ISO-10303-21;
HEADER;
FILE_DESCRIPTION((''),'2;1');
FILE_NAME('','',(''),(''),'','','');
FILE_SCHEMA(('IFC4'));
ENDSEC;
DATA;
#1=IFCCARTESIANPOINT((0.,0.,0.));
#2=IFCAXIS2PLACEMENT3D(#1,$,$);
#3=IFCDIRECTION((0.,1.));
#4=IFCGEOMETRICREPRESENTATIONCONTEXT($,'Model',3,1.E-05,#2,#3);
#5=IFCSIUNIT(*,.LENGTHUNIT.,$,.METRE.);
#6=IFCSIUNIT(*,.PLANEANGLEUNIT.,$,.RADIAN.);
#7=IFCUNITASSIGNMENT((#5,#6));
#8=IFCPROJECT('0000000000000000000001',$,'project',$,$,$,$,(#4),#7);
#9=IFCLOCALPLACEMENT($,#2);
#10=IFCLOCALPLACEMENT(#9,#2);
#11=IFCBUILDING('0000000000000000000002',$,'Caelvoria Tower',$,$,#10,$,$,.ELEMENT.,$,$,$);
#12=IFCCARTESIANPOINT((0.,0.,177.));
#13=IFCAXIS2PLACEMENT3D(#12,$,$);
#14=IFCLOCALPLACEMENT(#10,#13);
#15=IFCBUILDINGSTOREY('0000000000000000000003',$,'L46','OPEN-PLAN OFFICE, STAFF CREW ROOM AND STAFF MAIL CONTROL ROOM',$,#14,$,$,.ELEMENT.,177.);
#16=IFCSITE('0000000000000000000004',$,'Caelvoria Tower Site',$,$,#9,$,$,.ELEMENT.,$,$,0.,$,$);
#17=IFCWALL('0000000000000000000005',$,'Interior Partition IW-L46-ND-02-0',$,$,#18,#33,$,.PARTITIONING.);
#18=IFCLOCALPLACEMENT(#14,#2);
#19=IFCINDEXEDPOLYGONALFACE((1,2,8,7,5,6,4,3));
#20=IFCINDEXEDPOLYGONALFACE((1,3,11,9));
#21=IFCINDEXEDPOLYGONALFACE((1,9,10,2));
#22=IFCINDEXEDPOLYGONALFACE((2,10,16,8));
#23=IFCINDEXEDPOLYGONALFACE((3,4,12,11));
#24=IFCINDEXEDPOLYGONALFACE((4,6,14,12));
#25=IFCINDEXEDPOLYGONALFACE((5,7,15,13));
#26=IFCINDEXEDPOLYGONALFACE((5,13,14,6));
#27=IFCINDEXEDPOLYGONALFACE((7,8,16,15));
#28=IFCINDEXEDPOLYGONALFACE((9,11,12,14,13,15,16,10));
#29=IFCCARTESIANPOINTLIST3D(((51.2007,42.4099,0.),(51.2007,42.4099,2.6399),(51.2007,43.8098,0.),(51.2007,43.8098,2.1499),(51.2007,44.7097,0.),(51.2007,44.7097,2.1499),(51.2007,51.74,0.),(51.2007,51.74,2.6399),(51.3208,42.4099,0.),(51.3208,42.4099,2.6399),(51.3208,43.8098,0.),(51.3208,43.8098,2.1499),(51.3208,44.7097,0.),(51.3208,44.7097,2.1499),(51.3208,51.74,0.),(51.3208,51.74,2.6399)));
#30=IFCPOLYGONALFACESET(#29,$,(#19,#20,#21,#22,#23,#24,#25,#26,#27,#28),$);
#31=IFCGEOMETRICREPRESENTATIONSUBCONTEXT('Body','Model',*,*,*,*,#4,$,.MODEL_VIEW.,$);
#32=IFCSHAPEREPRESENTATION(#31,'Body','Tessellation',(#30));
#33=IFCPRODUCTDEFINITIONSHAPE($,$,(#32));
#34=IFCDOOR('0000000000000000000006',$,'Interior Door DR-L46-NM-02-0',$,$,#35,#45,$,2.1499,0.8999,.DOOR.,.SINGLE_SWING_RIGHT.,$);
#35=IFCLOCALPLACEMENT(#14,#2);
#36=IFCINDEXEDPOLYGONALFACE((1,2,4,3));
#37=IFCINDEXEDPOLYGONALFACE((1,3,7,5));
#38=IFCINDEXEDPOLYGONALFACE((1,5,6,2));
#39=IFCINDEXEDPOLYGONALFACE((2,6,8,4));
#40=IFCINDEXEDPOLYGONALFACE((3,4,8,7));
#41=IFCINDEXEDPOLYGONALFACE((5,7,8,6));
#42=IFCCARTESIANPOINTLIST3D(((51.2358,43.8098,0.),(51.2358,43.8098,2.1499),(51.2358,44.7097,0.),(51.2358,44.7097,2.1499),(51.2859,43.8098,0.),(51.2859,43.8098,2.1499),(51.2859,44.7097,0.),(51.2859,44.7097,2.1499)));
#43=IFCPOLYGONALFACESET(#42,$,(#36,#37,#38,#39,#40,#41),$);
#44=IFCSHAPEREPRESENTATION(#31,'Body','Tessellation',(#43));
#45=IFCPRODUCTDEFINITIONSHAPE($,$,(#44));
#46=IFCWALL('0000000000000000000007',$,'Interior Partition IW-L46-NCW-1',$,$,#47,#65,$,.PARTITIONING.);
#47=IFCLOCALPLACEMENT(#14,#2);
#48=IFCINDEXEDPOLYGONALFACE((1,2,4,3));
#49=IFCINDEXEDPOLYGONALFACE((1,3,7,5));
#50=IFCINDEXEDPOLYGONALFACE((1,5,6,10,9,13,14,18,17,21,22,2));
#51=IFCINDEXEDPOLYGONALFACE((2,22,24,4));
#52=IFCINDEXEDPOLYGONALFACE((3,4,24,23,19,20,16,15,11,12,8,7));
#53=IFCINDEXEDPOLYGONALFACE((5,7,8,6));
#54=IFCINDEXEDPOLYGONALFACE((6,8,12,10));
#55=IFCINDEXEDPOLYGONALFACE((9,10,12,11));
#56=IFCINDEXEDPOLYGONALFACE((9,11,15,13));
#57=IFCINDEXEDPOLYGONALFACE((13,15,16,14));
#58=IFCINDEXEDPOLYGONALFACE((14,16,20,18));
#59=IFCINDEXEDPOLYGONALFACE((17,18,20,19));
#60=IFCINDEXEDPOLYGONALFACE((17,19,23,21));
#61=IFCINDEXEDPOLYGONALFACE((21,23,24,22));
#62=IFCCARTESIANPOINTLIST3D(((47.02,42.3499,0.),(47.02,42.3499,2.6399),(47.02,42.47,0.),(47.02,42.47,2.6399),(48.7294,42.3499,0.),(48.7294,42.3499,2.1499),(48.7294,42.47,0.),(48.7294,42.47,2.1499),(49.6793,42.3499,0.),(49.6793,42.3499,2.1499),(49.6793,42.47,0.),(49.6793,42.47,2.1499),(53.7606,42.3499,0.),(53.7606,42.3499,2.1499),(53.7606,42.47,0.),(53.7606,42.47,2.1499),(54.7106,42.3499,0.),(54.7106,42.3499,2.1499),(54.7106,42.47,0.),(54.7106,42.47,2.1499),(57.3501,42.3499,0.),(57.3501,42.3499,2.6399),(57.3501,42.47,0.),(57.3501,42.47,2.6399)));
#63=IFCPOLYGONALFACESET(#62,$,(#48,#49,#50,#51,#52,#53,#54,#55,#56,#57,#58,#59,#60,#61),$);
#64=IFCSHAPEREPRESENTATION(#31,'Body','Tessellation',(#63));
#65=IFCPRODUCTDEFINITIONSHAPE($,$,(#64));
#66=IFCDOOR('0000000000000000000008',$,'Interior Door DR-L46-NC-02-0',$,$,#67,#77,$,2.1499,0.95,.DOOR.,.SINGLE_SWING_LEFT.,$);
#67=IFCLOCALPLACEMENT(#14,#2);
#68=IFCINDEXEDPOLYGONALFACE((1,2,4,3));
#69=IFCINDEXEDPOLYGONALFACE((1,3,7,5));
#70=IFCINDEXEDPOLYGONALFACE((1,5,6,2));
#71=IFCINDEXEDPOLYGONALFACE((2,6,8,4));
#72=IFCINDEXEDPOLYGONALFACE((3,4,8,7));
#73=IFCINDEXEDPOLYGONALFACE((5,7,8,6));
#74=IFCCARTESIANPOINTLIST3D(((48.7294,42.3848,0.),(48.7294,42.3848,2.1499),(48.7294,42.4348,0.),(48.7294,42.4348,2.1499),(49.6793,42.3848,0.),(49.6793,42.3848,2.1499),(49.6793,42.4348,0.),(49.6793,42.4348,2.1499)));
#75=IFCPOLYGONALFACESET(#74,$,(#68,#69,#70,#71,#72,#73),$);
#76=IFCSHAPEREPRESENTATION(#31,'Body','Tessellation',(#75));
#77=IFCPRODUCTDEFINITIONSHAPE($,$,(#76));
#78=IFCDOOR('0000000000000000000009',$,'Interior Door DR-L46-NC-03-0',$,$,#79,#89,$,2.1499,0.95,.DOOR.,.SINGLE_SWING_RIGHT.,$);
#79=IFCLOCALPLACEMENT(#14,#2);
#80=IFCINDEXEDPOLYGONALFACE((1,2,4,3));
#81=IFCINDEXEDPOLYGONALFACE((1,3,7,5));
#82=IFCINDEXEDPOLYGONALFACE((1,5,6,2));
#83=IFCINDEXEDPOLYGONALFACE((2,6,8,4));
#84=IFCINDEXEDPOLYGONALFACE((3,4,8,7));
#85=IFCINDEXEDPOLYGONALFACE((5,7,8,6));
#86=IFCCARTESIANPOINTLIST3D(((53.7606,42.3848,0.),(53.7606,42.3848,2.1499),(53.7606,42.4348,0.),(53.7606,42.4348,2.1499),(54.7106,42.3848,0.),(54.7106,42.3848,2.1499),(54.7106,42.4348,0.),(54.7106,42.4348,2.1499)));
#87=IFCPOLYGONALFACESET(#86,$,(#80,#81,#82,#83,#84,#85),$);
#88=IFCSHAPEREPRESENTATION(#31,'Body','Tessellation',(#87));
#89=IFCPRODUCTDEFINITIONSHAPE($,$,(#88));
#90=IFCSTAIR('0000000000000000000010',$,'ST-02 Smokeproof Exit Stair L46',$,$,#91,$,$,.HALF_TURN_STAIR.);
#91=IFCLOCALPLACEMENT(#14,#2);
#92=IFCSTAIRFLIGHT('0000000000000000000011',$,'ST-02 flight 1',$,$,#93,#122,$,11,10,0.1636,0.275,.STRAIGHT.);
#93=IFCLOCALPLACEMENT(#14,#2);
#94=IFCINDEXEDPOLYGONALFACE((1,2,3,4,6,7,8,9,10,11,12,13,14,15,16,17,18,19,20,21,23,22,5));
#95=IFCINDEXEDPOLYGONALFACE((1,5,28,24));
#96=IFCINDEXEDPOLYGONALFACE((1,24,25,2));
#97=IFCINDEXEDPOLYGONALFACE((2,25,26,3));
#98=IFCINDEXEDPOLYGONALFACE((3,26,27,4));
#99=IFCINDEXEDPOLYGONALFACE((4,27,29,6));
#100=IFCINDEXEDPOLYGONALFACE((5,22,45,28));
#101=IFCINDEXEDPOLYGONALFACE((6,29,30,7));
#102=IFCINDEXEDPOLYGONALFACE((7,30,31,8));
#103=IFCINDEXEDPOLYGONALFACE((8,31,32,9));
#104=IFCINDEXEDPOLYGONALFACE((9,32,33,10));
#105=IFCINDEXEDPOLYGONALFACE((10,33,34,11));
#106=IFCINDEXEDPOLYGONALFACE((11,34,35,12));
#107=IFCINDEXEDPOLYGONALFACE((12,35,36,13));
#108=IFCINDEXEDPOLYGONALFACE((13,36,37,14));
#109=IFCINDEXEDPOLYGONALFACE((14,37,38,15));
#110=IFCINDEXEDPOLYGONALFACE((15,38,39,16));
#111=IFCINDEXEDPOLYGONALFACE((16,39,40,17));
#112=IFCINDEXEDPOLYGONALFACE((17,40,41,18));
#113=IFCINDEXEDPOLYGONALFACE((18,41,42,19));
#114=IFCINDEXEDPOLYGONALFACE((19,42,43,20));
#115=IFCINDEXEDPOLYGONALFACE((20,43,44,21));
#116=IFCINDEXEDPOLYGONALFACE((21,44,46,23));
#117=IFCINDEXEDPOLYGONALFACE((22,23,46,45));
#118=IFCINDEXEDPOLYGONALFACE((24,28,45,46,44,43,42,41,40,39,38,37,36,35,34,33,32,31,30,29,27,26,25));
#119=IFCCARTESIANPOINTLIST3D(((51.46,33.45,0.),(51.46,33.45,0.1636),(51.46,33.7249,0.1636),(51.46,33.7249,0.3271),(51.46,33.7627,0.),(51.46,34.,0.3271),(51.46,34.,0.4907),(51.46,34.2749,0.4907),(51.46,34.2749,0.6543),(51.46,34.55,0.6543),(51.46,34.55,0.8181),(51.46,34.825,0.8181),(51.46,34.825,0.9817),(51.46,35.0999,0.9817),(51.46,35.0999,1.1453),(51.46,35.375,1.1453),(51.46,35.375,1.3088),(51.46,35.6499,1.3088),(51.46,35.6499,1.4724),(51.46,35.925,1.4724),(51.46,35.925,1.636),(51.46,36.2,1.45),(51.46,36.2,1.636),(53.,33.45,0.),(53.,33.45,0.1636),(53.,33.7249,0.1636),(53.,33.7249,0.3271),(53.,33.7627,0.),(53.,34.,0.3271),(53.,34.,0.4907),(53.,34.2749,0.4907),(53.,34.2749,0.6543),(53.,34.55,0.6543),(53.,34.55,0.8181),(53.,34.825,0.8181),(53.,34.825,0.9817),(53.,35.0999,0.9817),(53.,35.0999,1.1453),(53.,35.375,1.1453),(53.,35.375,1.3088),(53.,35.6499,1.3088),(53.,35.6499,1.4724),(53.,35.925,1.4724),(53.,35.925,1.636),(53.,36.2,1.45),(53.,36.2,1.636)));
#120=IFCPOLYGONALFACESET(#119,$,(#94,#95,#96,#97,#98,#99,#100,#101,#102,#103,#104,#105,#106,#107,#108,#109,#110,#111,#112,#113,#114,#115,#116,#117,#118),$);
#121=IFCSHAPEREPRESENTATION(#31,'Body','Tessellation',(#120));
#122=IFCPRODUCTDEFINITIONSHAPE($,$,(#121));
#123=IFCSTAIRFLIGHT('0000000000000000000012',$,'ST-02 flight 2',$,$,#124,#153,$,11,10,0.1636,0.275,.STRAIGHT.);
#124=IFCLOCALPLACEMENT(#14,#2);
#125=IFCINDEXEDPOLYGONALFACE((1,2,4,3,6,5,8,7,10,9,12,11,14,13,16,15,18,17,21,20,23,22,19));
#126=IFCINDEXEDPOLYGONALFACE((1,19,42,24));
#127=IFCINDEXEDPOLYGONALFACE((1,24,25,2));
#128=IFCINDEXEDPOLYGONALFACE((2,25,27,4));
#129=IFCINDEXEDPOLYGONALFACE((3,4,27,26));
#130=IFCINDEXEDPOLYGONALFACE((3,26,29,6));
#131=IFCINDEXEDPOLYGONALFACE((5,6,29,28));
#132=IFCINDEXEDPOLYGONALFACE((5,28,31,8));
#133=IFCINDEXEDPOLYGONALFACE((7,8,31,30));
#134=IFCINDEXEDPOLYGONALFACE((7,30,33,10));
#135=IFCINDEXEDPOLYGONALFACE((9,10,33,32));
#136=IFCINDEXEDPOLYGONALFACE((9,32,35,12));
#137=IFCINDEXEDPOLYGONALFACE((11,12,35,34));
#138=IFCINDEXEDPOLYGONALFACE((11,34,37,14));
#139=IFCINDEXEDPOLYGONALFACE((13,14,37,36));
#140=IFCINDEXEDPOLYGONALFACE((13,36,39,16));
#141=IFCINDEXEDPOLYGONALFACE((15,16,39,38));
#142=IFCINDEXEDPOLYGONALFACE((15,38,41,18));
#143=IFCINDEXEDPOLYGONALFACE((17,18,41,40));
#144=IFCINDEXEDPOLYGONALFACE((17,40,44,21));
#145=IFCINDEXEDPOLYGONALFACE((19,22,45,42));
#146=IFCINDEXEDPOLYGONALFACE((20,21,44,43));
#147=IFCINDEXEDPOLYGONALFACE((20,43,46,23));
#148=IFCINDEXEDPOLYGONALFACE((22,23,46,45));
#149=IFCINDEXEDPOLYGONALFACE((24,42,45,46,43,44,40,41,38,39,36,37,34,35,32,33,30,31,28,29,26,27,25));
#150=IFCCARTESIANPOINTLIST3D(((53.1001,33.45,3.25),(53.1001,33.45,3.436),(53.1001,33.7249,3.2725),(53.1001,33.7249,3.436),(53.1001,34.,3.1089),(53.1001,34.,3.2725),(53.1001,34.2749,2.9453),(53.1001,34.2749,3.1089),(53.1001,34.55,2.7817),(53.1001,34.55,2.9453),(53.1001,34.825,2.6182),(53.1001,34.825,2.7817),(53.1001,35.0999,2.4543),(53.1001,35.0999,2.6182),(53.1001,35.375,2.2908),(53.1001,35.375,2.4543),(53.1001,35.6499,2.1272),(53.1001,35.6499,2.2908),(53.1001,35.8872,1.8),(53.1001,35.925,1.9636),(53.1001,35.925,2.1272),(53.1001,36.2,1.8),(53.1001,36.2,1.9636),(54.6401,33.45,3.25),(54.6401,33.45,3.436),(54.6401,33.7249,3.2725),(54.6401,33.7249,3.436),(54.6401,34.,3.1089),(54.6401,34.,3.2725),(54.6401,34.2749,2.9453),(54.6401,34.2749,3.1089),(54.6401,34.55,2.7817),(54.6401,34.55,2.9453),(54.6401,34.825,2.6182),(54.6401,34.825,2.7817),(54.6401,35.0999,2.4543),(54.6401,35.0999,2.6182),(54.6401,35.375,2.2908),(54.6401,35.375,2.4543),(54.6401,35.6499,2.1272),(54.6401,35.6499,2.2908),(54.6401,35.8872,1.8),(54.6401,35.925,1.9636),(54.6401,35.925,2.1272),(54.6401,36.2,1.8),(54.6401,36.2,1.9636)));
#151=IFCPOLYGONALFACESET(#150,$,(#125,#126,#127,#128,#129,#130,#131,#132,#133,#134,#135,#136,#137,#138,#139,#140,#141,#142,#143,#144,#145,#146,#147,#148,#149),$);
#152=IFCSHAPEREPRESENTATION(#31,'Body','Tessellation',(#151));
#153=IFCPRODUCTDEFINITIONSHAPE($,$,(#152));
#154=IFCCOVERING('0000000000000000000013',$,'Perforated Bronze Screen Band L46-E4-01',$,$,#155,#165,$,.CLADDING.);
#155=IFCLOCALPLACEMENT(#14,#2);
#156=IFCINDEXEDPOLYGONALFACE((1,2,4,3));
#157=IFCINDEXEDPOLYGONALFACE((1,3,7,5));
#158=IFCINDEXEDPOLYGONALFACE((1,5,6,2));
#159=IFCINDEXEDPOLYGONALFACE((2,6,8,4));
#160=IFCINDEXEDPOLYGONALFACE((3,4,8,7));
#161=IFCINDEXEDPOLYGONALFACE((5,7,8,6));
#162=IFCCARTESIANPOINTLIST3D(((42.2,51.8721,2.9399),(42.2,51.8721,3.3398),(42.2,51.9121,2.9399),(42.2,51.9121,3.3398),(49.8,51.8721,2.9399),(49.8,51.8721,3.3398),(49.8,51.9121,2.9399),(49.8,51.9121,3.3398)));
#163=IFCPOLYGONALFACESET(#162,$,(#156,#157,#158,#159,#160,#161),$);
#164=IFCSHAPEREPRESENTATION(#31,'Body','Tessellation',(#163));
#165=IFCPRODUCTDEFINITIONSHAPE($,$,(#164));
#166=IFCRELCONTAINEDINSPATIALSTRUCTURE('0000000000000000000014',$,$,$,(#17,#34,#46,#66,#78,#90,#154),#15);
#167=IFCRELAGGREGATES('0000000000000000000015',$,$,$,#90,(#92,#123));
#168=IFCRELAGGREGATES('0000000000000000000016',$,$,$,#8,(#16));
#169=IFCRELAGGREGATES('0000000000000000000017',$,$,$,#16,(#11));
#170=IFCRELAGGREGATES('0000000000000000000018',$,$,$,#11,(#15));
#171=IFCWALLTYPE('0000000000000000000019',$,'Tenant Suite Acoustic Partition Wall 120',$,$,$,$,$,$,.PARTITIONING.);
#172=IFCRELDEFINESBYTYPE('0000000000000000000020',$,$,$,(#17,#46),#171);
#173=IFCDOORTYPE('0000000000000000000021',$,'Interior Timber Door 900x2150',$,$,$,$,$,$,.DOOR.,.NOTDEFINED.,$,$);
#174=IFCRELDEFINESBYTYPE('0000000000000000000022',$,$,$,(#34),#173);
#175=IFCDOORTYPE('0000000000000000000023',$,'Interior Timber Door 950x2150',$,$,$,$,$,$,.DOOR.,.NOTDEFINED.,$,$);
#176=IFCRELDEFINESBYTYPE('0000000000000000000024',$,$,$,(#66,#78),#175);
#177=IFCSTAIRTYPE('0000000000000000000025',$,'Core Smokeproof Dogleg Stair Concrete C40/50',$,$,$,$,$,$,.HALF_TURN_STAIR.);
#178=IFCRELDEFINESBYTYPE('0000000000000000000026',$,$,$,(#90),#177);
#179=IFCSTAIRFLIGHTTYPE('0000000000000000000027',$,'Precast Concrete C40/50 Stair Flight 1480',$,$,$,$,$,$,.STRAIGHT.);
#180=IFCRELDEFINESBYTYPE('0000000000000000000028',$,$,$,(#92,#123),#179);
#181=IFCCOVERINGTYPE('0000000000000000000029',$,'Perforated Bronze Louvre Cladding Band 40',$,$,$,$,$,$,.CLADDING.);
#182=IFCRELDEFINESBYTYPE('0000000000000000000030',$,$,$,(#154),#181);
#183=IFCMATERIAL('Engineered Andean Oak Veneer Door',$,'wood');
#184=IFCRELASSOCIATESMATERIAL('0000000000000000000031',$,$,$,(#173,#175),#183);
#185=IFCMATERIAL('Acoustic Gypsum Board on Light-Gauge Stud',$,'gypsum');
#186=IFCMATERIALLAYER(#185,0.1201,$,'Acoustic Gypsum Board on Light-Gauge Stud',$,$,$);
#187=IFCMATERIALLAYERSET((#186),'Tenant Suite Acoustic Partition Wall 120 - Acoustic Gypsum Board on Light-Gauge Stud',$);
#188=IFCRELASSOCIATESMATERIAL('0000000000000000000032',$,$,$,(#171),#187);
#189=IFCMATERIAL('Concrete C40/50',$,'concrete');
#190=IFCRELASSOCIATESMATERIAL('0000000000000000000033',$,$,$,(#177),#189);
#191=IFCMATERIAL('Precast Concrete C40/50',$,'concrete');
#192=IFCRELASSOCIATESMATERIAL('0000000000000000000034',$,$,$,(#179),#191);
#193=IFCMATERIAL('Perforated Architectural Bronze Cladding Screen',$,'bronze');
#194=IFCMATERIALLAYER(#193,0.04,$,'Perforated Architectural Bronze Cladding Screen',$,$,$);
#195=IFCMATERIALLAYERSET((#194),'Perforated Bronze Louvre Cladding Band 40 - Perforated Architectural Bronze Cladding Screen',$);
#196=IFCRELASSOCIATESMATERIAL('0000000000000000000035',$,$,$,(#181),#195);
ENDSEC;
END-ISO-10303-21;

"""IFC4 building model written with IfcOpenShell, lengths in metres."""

from ifc_helpers import new_model, si_unit, direction, frame, frame_2d, origin, origin_2d, place, context, subcontext, project, spatial, polyline, rectangle, outline, extrude, material, layer, layer_set, type_object, element, fill, aggregate, save


model = new_model("IFC4")

# Units and contexts
model_context = context("Model", 3, precision=1e-05, world=origin(), true_north=direction((0.0, 1.0)))
body_context = subcontext(model_context, "Body", "Model", "MODEL_VIEW")
ifc_project = project(units=[si_unit("LENGTHUNIT", "METRE"), si_unit("PLANEANGLEUNIT", "RADIAN")], contexts=[model_context])

# Site, building, storey
site_placement = place(None, origin())
site = spatial("IfcSite", under=ifc_project, at=site_placement, Name="Caelvoria Tower Site", CompositionType="ELEMENT", RefElevation=0.0)
building_placement = place(site_placement, origin())
building = spatial("IfcBuilding", under=site, at=building_placement, Name="Caelvoria Tower", CompositionType="ELEMENT")
storey_placement = place(building_placement, frame((0.0, 0.0, 177.0)))
storey = spatial("IfcBuildingStorey", under=building, at=storey_placement, Name="L46", Description="OPEN-PLAN OFFICE, STAFF CREW ROOM AND STAFF MAIL CONTROL ROOM", CompositionType="ELEMENT", Elevation=177.0)

# Shared definitions
ifc_material_1 = material(Name="Engineered Andean Oak Veneer Door", Category="wood")
door_type_1 = type_object("IfcDoorType", Name="Interior Timber Door 900x2150", OperationType="NOTDEFINED", PredefinedType="DOOR", material=ifc_material_1)

# Wall, opening, door
ifc_material_2 = material(Name="Acoustic Gypsum Board on Light-Gauge Stud", Category="gypsum")
ifc_layer_1 = layer(ifc_material_2, 0.1201, Name="Acoustic Gypsum Board on Light-Gauge Stud")
ifc_layer_set_1 = layer_set([ifc_layer_1], Name="Tenant Suite Acoustic Partition Wall 120 - Acoustic Gypsum Board on Light-Gauge Stud")
wall_type_1 = type_object("IfcWallType", Name="Tenant Suite Acoustic Partition Wall 120", PredefinedType="PARTITIONING", material=ifc_layer_set_1)
wall_1_placement = place(storey_placement, frame((51.2607, 42.4099, 0.0), z_axis=(0.0, 0.0, 1.0), x_axis=(0.0, 1.0, 0.0)))
wall_1 = element("IfcWall", 1, at=wall_1_placement, inside=storey, type_object=wall_type_1, Name="Interior Partition IW-L46-ND-02-0", PredefinedType="PARTITIONING", context=body_context, shape_type="SweptSolid", body=[
    extrude(rectangle(XDim=9.3301, YDim=0.1201, at=frame_2d((4.665, 0.0))), origin(), (0.0, 0.0, 1.0), 2.6399),
])
opening_1_placement = place(wall_1_placement, frame((1.3999, 0.0, 0.0)))
opening_1 = element("IfcOpeningElement", 2, at=opening_1_placement, cuts=wall_1, PredefinedType="OPENING", context=body_context, shape_type="SweptSolid", body=[
    extrude(rectangle(XDim=0.8999, YDim=2.1499, at=frame_2d((0.45, 1.075))), frame((0.0, 0.0701, 0.0), z_axis=(0.0, -1.0, 0.0), x_axis=(1.0, 0.0, 0.0)), (0.0, 0.0, 1.0), 0.1401),
])
door_1_placement = place(opening_1_placement, origin())
door_1 = element("IfcDoor", 3, at=door_1_placement, inside=storey, type_object=door_type_1, Name="Interior Door DR-L46-NM-02-0", OperationType="SINGLE_SWING_RIGHT", OverallHeight=2.1499, OverallWidth=0.8999, PredefinedType="DOOR", context=body_context, shape_type="SweptSolid", body=[
    extrude(rectangle(XDim=0.8999, YDim=2.1499, at=frame_2d((0.45, 1.075))), frame((0.0, 0.0249, 0.0), z_axis=(0.0, -1.0, 0.0), x_axis=(1.0, 0.0, 0.0)), (0.0, 0.0, 1.0), 0.05),
])
fill(opening_1, door_1)

# Wall, openings, doors
wall_2_placement = place(storey_placement, frame((47.02, 42.4099, 0.0), z_axis=(0.0, 0.0, 1.0), x_axis=(1.0, 0.0, 0.0)))
wall_2 = element("IfcWall", 4, at=wall_2_placement, inside=storey, type_object=wall_type_1, Name="Interior Partition IW-L46-NCW-1", PredefinedType="PARTITIONING", context=body_context, shape_type="SweptSolid", body=[
    extrude(rectangle(XDim=10.3301, YDim=0.1201, at=frame_2d((5.165, 0.0))), origin(), (0.0, 0.0, 1.0), 2.6399),
])
opening_2_placement = place(wall_2_placement, frame((1.7092, 0.0, 0.0)))
opening_2 = element("IfcOpeningElement", 5, at=opening_2_placement, cuts=wall_2, PredefinedType="OPENING", context=body_context, shape_type="SweptSolid", body=[
    extrude(rectangle(XDim=0.95, YDim=2.1499, at=frame_2d((0.4751, 1.075))), frame((0.0, 0.0701, 0.0), z_axis=(0.0, -1.0, 0.0), x_axis=(1.0, 0.0, 0.0)), (0.0, 0.0, 1.0), 0.1401),
])
opening_3_placement = place(wall_2_placement, frame((6.7405, 0.0, 0.0)))
opening_3 = element("IfcOpeningElement", 6, at=opening_3_placement, cuts=wall_2, PredefinedType="OPENING", context=body_context, shape_type="SweptSolid", body=[
    extrude(rectangle(XDim=0.95, YDim=2.1499, at=frame_2d((0.4751, 1.075))), frame((0.0, 0.0701, 0.0), z_axis=(0.0, -1.0, 0.0), x_axis=(1.0, 0.0, 0.0)), (0.0, 0.0, 1.0), 0.1401),
])
door_type_2 = type_object("IfcDoorType", Name="Interior Timber Door 950x2150", OperationType="NOTDEFINED", PredefinedType="DOOR", material=ifc_material_1)
door_2_placement = place(opening_2_placement, origin())
door_2 = element("IfcDoor", 7, at=door_2_placement, inside=storey, type_object=door_type_2, Name="Interior Door DR-L46-NC-02-0", OperationType="SINGLE_SWING_LEFT", OverallHeight=2.1499, OverallWidth=0.95, PredefinedType="DOOR", context=body_context, shape_type="SweptSolid", body=[
    extrude(rectangle(XDim=0.95, YDim=2.1499, at=frame_2d((0.4751, 1.075))), frame((0.0, 0.0249, 0.0), z_axis=(0.0, -1.0, 0.0), x_axis=(1.0, 0.0, 0.0)), (0.0, 0.0, 1.0), 0.05),
])
fill(opening_2, door_2)
door_3_placement = place(opening_3_placement, origin())
door_3 = element("IfcDoor", 8, at=door_3_placement, inside=storey, type_object=door_type_2, Name="Interior Door DR-L46-NC-03-0", OperationType="SINGLE_SWING_RIGHT", OverallHeight=2.1499, OverallWidth=0.95, PredefinedType="DOOR", context=body_context, shape_type="SweptSolid", body=[
    extrude(rectangle(XDim=0.95, YDim=2.1499, at=frame_2d((0.4751, 1.075))), frame((0.0, 0.0249, 0.0), z_axis=(0.0, -1.0, 0.0), x_axis=(1.0, 0.0, 0.0)), (0.0, 0.0, 1.0), 0.05),
])
fill(opening_3, door_3)

# Stair, stair flights
ifc_material_3 = material(Name="Concrete C40/50", Category="concrete")
stair_type = type_object("IfcStairType", Name="Core Smokeproof Dogleg Stair Concrete C40/50", PredefinedType="HALF_TURN_STAIR", material=ifc_material_3)
stair_placement = place(storey_placement, origin())
stair = element("IfcStair", 9, at=stair_placement, inside=storey, type_object=stair_type, Name="ST-02 Smokeproof Exit Stair L46", PredefinedType="HALF_TURN_STAIR")
ifc_material_4 = material(Name="Precast Concrete C40/50", Category="concrete")
stair_flight_type = type_object("IfcStairFlightType", Name="Precast Concrete C40/50 Stair Flight 1480", PredefinedType="STRAIGHT", material=ifc_material_4)
stair_flight_1_placement = place(storey_placement, frame((52.23, 33.45, 0.0), z_axis=(0.0, 0.0, 1.0), x_axis=(0.0, 1.0, 0.0)))
stair_flight_1 = element("IfcStairFlight", 10, at=stair_flight_1_placement, type_object=stair_flight_type, Name="ST-02 flight 1", NumberOfRisers=11, NumberOfTreads=10, PredefinedType="STRAIGHT", RiserHeight=0.1636, TreadLength=0.275, context=body_context, shape_type="SweptSolid", body=[
    extrude(outline(polyline([(0.0, 0.0), (0.0, 0.1636), (0.2749, 0.1636), (0.2749, 0.3271), (0.55, 0.3271), (0.55, 0.4907), (0.825, 0.4907), (0.825, 0.6543), (1.1001, 0.6543), (1.1001, 0.8181), (1.375, 0.8181), (1.375, 0.9817), (1.6499, 0.9817), (1.6499, 1.1453), (1.925, 1.1453), (1.925, 1.3088), (2.2, 1.3088), (2.2, 1.4724), (2.4751, 1.4724), (2.4751, 1.636), (2.75, 1.636), (2.75, 1.7996), (2.75, 1.45), (0.3127, 0.0), (0.0, 0.0)])), frame((0.0, 0.77, 0.0), z_axis=(0.0, -1.0, 0.0), x_axis=(1.0, 0.0, 0.0)), (0.0, 0.0, 1.0), 1.54),
])
stair_flight_2_placement = place(storey_placement, frame((53.8701, 36.2, 1.8), z_axis=(0.0, 0.0, 1.0), x_axis=(0.0, -1.0, 0.0)))
stair_flight_2 = element("IfcStairFlight", 11, at=stair_flight_2_placement, type_object=stair_flight_type, Name="ST-02 flight 2", NumberOfRisers=11, NumberOfTreads=10, PredefinedType="STRAIGHT", RiserHeight=0.1636, TreadLength=0.275, context=body_context, shape_type="SweptSolid", body=[
    extrude(outline(polyline([(0.0, 0.0), (0.0, 0.1636), (0.2749, 0.1636), (0.2749, 0.3271), (0.55, 0.3271), (0.55, 0.4907), (0.825, 0.4907), (0.825, 0.6543), (1.1001, 0.6543), (1.1001, 0.8181), (1.375, 0.8181), (1.375, 0.9817), (1.6499, 0.9817), (1.6499, 1.1453), (1.925, 1.1453), (1.925, 1.3088), (2.2, 1.3088), (2.2, 1.4724), (2.4751, 1.4724), (2.4751, 1.636), (2.75, 1.636), (2.75, 1.7996), (2.75, 1.45), (0.3127, 0.0), (0.0, 0.0)])), frame((0.0, 0.77, 0.0), z_axis=(0.0, -1.0, 0.0), x_axis=(1.0, 0.0, 0.0)), (0.0, 0.0, 1.0), 1.54),
])
aggregate(stair, [stair_flight_1, stair_flight_2])

# Covering
ifc_material_5 = material(Name="Perforated Architectural Bronze Cladding Screen", Category="bronze")
ifc_layer_2 = layer(ifc_material_5, 0.04, Name="Perforated Architectural Bronze Cladding Screen")
ifc_layer_set_2 = layer_set([ifc_layer_2], Name="Perforated Bronze Louvre Cladding Band 40 - Perforated Architectural Bronze Cladding Screen")
covering_type = type_object("IfcCoveringType", Name="Perforated Bronze Louvre Cladding Band 40", PredefinedType="CLADDING", material=ifc_layer_set_2)
covering_placement = place(storey_placement, frame((46.0, 51.8921, 2.9399), z_axis=(0.0, 0.0, 1.0), x_axis=(-1.0, 0.0, 0.0)))
element("IfcCovering", 12, at=covering_placement, inside=storey, type_object=covering_type, Name="Perforated Bronze Screen Band L46-E4-01", PredefinedType="CLADDING", context=body_context, shape_type="SweptSolid", body=[
    extrude(rectangle(XDim=7.6001, YDim=0.04, at=origin_2d()), origin(), (0.0, 0.0, 1.0), 0.3999),
])

save(model, "model.ifc")
